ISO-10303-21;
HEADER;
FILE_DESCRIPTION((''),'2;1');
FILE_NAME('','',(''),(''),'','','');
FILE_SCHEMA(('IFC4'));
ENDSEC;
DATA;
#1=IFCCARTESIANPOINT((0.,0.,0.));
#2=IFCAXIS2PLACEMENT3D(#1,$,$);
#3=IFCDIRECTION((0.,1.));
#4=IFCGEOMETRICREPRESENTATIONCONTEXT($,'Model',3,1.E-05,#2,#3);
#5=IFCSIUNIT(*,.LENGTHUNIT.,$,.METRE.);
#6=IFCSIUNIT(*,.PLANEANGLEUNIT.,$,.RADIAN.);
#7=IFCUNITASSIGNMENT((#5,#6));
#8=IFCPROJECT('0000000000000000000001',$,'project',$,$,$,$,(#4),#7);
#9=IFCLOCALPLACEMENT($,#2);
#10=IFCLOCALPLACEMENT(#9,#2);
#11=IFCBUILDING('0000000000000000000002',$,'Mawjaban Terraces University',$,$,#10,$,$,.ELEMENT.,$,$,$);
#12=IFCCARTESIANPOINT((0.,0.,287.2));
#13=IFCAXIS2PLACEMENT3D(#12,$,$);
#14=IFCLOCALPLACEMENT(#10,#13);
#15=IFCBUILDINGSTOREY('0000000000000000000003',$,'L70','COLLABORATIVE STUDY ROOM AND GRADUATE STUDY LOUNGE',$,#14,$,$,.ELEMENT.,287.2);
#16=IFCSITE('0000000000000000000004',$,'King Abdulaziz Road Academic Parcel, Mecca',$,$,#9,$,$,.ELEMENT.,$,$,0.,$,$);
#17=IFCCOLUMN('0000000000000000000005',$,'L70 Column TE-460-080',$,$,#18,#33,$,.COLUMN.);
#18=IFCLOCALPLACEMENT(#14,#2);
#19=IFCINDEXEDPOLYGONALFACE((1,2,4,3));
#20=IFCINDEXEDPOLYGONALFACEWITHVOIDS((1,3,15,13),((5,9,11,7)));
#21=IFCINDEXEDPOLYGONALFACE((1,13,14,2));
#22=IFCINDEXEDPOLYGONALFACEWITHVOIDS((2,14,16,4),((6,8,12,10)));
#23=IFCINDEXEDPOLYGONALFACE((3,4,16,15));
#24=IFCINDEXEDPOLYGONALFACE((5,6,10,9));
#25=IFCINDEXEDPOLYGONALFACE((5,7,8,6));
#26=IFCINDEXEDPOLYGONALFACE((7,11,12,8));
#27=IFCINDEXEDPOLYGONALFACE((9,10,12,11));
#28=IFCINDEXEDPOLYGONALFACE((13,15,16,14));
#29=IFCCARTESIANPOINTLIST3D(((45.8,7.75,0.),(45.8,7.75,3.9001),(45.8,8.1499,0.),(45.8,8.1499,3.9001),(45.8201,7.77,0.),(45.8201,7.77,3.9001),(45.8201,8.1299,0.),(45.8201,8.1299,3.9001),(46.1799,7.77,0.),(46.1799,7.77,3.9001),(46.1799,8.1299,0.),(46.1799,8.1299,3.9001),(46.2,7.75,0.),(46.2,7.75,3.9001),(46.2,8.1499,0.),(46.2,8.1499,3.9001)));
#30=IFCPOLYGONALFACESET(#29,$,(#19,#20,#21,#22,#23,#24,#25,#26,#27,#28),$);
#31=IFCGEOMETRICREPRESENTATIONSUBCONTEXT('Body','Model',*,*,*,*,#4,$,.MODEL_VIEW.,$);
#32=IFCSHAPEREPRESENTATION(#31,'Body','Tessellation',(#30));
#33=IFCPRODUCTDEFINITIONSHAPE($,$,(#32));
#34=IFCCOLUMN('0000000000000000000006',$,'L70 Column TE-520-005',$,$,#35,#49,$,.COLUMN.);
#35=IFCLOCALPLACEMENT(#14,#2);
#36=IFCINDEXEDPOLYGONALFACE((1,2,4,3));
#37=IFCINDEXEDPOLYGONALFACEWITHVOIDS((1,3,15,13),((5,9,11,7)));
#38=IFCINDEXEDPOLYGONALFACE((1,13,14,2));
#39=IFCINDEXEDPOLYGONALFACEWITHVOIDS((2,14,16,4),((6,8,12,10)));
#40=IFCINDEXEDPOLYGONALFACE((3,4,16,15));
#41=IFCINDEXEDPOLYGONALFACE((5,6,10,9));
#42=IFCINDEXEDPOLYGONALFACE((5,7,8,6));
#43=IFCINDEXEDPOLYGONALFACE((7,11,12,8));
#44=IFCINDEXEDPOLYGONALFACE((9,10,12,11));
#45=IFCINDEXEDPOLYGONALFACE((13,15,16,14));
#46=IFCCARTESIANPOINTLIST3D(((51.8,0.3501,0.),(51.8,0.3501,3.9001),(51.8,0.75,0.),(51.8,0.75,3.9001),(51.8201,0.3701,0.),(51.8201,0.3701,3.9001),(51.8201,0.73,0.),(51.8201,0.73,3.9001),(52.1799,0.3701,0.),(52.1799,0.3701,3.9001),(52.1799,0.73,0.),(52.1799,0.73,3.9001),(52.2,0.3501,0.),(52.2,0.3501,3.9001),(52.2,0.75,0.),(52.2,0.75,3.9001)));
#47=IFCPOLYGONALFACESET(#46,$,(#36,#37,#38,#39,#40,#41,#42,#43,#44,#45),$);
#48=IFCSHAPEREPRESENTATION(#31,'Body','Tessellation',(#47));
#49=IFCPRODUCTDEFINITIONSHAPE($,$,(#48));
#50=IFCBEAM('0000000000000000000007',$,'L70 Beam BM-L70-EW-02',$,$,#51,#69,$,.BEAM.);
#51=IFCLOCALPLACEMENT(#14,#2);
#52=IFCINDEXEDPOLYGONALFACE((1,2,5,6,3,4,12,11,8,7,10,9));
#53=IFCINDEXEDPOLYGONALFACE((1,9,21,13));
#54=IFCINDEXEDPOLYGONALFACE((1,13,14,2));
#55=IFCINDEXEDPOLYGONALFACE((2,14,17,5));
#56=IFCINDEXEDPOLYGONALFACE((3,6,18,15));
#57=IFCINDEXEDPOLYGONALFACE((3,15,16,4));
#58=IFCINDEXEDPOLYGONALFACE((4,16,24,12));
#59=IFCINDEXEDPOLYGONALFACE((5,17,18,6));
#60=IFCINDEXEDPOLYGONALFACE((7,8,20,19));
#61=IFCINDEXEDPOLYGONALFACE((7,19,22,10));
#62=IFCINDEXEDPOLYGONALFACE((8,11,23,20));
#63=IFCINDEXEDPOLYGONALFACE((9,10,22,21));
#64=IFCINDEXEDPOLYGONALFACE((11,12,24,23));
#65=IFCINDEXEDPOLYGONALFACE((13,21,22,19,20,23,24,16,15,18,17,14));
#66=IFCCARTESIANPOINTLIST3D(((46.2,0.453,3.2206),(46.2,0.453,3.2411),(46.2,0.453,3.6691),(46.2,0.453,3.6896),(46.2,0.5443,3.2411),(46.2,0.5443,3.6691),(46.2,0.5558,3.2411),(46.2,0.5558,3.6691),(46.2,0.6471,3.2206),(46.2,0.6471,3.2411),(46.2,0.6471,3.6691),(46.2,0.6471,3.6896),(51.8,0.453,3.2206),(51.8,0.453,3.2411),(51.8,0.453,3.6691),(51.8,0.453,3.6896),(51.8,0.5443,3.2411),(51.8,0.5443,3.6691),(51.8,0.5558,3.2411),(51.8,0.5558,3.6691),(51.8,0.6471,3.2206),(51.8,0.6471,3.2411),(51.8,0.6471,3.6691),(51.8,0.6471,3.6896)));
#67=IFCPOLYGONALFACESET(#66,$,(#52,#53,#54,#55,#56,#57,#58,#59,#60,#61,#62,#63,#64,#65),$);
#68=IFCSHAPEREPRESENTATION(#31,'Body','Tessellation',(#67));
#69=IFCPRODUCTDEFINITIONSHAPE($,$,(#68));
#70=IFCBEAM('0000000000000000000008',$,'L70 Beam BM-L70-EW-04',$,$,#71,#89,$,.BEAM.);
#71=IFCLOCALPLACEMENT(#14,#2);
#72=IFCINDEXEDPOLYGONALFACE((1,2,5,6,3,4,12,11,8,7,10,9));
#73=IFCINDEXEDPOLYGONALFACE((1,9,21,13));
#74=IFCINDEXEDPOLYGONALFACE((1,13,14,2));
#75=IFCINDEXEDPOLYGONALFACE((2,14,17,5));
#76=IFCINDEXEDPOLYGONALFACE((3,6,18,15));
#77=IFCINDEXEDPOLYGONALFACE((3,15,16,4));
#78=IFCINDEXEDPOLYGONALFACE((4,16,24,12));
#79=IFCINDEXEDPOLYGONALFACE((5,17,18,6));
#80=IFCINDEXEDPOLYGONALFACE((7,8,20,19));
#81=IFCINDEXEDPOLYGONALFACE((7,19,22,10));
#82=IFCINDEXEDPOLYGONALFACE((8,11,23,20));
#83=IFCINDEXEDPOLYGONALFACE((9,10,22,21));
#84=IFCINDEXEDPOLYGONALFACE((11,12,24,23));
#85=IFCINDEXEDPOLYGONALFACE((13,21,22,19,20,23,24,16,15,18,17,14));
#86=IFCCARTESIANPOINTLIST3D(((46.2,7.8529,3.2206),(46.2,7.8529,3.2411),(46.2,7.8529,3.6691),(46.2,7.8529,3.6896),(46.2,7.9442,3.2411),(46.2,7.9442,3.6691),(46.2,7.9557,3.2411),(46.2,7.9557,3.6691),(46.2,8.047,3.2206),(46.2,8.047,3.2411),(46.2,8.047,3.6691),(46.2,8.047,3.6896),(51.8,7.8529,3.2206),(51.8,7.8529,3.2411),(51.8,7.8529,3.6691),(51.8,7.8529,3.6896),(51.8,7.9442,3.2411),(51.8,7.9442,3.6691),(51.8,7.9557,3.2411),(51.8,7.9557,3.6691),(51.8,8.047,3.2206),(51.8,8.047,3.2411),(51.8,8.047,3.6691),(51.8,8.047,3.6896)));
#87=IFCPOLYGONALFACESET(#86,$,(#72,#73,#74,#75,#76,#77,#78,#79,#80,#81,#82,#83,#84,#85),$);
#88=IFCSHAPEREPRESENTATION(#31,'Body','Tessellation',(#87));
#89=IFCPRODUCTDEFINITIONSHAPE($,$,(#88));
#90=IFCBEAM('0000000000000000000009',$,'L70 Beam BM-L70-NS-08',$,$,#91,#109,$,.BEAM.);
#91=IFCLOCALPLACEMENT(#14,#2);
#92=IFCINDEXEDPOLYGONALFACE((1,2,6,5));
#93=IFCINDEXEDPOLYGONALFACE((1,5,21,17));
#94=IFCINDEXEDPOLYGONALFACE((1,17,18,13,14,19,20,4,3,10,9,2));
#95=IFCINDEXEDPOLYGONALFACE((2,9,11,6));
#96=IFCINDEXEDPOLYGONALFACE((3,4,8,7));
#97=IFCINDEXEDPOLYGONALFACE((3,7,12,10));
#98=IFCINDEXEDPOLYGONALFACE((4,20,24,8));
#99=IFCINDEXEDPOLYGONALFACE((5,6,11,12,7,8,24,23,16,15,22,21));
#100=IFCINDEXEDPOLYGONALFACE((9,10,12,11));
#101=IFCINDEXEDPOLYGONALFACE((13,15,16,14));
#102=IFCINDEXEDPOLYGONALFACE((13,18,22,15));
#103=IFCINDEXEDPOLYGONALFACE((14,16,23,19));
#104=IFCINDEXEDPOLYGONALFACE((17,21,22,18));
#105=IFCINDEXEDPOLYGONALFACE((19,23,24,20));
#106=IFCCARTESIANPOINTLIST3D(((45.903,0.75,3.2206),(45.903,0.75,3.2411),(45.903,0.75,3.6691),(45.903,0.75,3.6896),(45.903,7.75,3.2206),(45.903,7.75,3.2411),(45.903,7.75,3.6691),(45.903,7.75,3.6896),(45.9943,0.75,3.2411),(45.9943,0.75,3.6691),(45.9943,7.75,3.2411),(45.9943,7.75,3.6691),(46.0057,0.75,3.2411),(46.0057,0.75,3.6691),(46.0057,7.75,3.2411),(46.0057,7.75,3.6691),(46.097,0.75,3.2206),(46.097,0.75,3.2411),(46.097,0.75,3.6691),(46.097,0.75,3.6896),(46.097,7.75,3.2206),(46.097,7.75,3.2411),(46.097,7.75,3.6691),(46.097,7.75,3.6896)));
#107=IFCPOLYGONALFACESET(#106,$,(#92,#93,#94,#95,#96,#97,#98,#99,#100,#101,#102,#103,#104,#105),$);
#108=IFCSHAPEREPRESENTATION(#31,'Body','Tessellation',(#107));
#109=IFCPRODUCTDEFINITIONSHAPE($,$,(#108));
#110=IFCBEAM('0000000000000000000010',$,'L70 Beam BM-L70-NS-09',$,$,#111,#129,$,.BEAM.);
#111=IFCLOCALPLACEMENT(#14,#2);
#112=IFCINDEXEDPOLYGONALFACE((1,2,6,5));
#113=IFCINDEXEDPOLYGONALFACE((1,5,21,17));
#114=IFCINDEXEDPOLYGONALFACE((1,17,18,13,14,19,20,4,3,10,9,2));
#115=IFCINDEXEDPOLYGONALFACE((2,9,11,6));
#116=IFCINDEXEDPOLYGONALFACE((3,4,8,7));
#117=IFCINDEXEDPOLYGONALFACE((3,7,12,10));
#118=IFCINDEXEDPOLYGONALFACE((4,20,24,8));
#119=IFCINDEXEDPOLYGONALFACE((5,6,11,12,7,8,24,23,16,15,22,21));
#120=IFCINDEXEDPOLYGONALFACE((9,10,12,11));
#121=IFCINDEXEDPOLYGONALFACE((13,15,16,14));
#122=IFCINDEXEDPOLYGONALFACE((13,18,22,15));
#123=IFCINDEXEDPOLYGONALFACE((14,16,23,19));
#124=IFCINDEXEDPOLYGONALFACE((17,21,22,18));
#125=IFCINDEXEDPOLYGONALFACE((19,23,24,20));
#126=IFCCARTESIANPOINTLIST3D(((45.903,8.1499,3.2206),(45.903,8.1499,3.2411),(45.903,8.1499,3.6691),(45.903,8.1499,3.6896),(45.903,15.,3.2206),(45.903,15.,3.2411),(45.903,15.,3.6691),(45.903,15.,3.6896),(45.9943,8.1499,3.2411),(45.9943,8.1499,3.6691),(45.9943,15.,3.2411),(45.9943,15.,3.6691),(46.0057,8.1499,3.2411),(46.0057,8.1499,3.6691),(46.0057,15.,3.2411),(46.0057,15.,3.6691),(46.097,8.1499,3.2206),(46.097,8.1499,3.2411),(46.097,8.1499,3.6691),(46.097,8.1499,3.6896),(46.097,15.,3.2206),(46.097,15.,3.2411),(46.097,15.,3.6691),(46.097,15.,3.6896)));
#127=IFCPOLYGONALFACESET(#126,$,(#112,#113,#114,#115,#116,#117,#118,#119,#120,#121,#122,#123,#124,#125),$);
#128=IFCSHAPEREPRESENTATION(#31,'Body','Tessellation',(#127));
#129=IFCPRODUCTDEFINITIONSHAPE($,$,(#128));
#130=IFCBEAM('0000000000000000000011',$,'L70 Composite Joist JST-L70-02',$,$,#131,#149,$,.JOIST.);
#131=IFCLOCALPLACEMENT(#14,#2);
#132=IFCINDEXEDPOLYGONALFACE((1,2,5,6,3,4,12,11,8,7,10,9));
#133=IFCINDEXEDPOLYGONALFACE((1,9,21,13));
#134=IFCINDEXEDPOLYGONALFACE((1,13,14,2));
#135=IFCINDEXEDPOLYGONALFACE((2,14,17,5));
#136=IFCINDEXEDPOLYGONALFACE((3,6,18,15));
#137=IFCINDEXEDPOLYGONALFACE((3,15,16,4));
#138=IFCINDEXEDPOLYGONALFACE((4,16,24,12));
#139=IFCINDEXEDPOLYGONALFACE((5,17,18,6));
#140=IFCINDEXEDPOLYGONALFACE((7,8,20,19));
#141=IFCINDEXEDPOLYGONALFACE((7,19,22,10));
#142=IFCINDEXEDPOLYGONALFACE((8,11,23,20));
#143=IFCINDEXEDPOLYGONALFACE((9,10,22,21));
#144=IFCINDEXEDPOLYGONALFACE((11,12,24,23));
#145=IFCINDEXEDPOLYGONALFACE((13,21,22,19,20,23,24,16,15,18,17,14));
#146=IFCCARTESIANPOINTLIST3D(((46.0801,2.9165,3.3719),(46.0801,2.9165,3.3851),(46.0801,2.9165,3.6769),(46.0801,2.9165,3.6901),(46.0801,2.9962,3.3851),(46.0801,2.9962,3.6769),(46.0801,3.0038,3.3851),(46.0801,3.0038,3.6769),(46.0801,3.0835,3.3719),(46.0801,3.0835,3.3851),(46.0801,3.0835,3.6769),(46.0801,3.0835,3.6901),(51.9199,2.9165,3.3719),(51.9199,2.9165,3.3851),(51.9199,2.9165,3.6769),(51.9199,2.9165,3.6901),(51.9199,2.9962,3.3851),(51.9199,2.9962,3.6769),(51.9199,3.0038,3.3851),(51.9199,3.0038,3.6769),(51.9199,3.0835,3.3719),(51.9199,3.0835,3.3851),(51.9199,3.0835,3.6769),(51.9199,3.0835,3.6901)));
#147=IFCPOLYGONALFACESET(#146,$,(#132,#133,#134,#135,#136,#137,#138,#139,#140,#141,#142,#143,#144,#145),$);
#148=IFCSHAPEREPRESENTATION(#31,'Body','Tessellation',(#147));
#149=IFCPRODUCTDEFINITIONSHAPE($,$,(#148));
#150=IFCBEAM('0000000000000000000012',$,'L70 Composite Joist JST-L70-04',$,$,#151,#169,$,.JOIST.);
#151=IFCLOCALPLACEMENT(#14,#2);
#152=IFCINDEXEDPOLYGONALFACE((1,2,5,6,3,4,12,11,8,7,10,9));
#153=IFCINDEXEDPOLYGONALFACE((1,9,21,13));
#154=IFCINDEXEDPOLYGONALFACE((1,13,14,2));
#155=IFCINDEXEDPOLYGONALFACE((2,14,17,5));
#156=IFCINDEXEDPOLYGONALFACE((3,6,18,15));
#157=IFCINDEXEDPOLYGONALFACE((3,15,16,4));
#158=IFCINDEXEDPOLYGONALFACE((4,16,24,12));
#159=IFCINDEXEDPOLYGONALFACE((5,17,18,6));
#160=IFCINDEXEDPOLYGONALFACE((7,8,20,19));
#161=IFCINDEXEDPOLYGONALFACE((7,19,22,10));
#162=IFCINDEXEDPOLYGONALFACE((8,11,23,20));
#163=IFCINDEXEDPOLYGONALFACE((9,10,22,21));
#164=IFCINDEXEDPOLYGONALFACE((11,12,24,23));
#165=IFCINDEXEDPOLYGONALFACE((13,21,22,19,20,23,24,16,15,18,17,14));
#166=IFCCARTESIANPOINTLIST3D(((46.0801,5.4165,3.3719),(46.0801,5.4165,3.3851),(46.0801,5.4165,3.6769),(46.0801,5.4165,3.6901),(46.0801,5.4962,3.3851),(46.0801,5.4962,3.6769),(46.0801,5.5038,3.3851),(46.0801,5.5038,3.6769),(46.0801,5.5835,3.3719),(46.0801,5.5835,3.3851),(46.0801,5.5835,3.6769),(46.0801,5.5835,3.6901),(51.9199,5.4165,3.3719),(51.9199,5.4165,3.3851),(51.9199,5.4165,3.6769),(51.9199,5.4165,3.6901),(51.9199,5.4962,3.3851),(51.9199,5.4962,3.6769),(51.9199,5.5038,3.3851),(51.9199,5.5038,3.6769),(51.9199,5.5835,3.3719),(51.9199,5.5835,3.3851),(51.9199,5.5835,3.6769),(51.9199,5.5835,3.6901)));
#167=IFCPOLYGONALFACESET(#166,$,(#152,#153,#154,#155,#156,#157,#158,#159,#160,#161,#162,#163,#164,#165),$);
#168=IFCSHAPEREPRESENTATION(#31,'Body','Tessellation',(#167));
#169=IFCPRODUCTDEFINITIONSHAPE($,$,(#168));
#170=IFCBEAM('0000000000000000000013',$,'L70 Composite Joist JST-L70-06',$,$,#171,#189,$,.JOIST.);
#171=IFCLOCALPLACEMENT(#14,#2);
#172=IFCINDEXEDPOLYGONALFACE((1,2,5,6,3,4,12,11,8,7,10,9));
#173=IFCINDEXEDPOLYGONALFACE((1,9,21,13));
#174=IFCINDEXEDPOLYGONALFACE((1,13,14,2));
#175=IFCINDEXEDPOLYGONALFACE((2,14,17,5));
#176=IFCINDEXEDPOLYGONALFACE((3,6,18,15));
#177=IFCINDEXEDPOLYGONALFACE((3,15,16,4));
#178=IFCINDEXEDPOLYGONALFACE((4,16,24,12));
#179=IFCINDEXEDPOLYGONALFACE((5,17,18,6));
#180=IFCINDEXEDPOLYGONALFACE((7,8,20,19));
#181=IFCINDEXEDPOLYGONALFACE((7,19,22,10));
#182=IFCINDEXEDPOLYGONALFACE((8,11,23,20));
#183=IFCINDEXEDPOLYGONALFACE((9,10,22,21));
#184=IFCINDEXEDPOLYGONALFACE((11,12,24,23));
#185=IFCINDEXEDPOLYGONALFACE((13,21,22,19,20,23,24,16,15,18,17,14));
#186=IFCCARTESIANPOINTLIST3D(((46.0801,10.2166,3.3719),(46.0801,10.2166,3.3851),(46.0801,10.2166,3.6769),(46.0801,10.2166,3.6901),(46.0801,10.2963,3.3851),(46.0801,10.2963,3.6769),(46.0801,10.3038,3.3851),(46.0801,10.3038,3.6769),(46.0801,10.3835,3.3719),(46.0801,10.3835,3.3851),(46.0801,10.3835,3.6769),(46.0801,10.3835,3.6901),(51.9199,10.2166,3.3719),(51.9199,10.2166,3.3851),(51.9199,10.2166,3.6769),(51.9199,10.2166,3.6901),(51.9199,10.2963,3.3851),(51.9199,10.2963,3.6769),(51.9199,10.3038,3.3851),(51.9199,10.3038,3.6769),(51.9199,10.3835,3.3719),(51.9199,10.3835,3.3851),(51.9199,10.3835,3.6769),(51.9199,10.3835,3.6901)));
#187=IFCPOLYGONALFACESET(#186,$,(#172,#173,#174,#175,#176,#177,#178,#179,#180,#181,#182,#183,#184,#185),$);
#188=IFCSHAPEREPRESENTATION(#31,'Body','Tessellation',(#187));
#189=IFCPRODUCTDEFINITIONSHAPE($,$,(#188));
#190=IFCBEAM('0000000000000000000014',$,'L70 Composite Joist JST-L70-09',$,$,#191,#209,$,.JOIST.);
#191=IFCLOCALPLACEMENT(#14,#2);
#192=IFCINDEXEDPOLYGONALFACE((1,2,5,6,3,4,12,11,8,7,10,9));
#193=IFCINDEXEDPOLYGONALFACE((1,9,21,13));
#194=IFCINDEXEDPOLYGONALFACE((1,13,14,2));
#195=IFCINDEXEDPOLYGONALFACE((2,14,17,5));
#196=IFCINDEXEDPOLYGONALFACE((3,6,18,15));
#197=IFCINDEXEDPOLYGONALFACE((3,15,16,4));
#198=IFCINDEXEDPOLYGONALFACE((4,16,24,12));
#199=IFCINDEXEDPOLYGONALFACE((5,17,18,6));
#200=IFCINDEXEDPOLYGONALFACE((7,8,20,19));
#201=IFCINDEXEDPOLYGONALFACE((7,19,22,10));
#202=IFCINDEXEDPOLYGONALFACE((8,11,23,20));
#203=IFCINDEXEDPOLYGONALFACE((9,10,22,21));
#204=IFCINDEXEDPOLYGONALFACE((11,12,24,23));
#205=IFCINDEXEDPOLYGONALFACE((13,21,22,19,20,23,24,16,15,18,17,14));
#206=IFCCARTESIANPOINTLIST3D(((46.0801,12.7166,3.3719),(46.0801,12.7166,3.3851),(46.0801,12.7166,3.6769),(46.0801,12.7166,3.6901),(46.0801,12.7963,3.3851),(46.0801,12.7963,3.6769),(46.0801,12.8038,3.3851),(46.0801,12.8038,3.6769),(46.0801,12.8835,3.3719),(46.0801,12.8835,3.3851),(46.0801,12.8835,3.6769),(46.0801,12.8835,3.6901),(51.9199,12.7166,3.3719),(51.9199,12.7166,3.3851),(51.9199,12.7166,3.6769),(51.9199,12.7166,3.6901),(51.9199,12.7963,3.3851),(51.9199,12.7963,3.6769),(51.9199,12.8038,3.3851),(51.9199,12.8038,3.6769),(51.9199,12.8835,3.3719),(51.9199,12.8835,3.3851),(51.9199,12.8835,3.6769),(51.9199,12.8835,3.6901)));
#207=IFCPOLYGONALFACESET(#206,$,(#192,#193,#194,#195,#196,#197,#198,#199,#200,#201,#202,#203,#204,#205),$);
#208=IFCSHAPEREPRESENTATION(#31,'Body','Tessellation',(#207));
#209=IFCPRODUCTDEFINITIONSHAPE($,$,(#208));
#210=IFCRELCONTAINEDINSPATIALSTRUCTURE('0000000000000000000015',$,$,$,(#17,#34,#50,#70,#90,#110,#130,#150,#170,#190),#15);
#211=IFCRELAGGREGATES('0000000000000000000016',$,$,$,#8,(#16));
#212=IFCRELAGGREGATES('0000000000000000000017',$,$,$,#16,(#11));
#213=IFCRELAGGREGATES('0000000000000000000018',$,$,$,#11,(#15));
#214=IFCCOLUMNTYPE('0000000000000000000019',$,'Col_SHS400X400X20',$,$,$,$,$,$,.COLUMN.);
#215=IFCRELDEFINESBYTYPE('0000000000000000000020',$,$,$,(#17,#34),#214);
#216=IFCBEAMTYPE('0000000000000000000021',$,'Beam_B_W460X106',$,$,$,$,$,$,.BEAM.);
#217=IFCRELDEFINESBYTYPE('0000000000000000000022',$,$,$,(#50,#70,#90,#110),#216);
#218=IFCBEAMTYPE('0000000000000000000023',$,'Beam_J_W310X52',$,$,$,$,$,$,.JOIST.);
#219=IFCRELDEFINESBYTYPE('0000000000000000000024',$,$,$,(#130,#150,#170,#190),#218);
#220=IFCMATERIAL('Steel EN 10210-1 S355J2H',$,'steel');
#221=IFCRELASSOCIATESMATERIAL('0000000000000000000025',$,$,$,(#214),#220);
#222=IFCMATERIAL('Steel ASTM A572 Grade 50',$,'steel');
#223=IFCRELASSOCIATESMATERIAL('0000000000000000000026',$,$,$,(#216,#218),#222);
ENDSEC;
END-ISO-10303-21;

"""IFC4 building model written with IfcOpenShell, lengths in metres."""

from ifc_helpers import new_model, si_unit, direction, frame, origin, origin_2d, place, context, subcontext, project, spatial, hollow_rectangle, i_section, extrude, material, material_profile, profile_set, type_object, element, save


model = new_model("IFC4")

# Units and contexts
model_context = context("Model", 3, precision=1e-05, world=origin(), true_north=direction((0.0, 1.0)))
body_context = subcontext(model_context, "Body", "Model", "MODEL_VIEW")
ifc_project = project(units=[si_unit("LENGTHUNIT", "METRE"), si_unit("PLANEANGLEUNIT", "RADIAN")], contexts=[model_context])

# Site, building, storey
site_placement = place(None, origin())
site = spatial("IfcSite", under=ifc_project, at=site_placement, Name="King Abdulaziz Road Academic Parcel, Mecca", CompositionType="ELEMENT", RefElevation=0.0)
building_placement = place(site_placement, origin())
building = spatial("IfcBuilding", under=site, at=building_placement, Name="Mawjaban Terraces University", CompositionType="ELEMENT")
storey_placement = place(building_placement, frame((0.0, 0.0, 287.2)))
storey = spatial("IfcBuildingStorey", under=building, at=storey_placement, Name="L70", Description="COLLABORATIVE STUDY ROOM AND GRADUATE STUDY LOUNGE", CompositionType="ELEMENT", Elevation=287.2)

# Columns
ifc_material_1 = material(Name="Steel EN 10210-1 S355J2H", Category="steel")
ifc_material_profile_1 = material_profile(ifc_material_1, hollow_rectangle(XDim=0.3999, YDim=0.3999, WallThickness=0.02, at=origin_2d()), Name="SHS400X400X20")
ifc_profile_set_1 = profile_set([ifc_material_profile_1], Name="Steel EN 10210-1 S355J2H")
column_type = type_object("IfcColumnType", Name="Col_SHS400X400X20", PredefinedType="COLUMN", material=ifc_profile_set_1)
for number, where, z_axis, x_axis, name in (
    (1, (46.0, 7.95, 0.0), (0.0, 0.0, 1.0), (1.0, 0.0, 0.0), "L70 Column TE-460-080"),
    (2, (52.0, 0.55, 0.0), (0.0, 0.0, 1.0), (1.0, 0.0, 0.0), "L70 Column TE-520-005"),
):
    element("IfcColumn", number, at=place(storey_placement, frame(where, z_axis=z_axis, x_axis=x_axis)), inside=storey, type_object=column_type, Name=name, PredefinedType="COLUMN", context=body_context, shape_type="SweptSolid", body=[
        extrude(hollow_rectangle(XDim=0.3999, YDim=0.3999, WallThickness=0.02, at=origin_2d()), origin(), (0.0, 0.0, 1.0), 3.9001),
    ])

# Beams
ifc_material_2 = material(Name="Steel ASTM A572 Grade 50", Category="steel")
ifc_material_profile_2 = material_profile(ifc_material_2, i_section(OverallWidth=0.1941, OverallDepth=0.469, WebThickness=0.0115, FlangeThickness=0.0205, at=origin_2d()), Name="W460X106")
ifc_profile_set_2 = profile_set([ifc_material_profile_2], Name="Steel ASTM A572 Grade 50")
beam_type_1 = type_object("IfcBeamType", Name="Beam_B_W460X106", PredefinedType="BEAM", material=ifc_profile_set_2)
for number, where, z_axis, x_axis, name in (
    (3, (46.2, 0.55, 3.4551), (1.0, 0.0, 0.0), (0.0, 1.0, 0.0), "L70 Beam BM-L70-EW-02"),
    (4, (46.2, 7.95, 3.4551), (1.0, 0.0, 0.0), (0.0, 1.0, 0.0), "L70 Beam BM-L70-EW-04"),
):
    element("IfcBeam", number, at=place(storey_placement, frame(where, z_axis=z_axis, x_axis=x_axis)), inside=storey, type_object=beam_type_1, Name=name, PredefinedType="BEAM", context=body_context, shape_type="SweptSolid", body=[
        extrude(i_section(OverallWidth=0.1941, OverallDepth=0.469, WebThickness=0.0115, FlangeThickness=0.0205, at=origin_2d()), origin(), (0.0, 0.0, 1.0), 5.6001),
    ])
beam_1_placement = place(storey_placement, frame((46.0, 0.75, 3.4551), z_axis=(0.0, 1.0, 0.0), x_axis=(-1.0, 0.0, 0.0)))
element("IfcBeam", 5, at=beam_1_placement, inside=storey, type_object=beam_type_1, Name="L70 Beam BM-L70-NS-08", PredefinedType="BEAM", context=body_context, shape_type="SweptSolid", body=[
    extrude(i_section(OverallWidth=0.1941, OverallDepth=0.469, WebThickness=0.0115, FlangeThickness=0.0205, at=origin_2d()), origin(), (0.0, 0.0, 1.0), 7.0),
])
beam_2_placement = place(storey_placement, frame((46.0, 8.1499, 3.4551), z_axis=(0.0, 1.0, 0.0), x_axis=(-1.0, 0.0, 0.0)))
element("IfcBeam", 6, at=beam_2_placement, inside=storey, type_object=beam_type_1, Name="L70 Beam BM-L70-NS-09", PredefinedType="BEAM", context=body_context, shape_type="SweptSolid", body=[
    extrude(i_section(OverallWidth=0.1941, OverallDepth=0.469, WebThickness=0.0115, FlangeThickness=0.0205, at=origin_2d()), origin(), (0.0, 0.0, 1.0), 6.8501),
])
ifc_material_profile_3 = material_profile(ifc_material_2, i_section(OverallWidth=0.167, OverallDepth=0.3181, WebThickness=0.0076, FlangeThickness=0.0132, at=origin_2d()), Name="W310X52")
ifc_profile_set_3 = profile_set([ifc_material_profile_3], Name="Steel ASTM A572 Grade 50")
beam_type_2 = type_object("IfcBeamType", Name="Beam_J_W310X52", PredefinedType="JOIST", material=ifc_profile_set_3)
for number, where, z_axis, x_axis, name in (
    (7, (46.0801, 3.0, 3.531), (1.0, 0.0, 0.0), (0.0, 1.0, 0.0), "L70 Composite Joist JST-L70-02"),
    (8, (46.0801, 5.5, 3.531), (1.0, 0.0, 0.0), (0.0, 1.0, 0.0), "L70 Composite Joist JST-L70-04"),
    (9, (46.0801, 10.3, 3.531), (1.0, 0.0, 0.0), (0.0, 1.0, 0.0), "L70 Composite Joist JST-L70-06"),
    (10, (46.0801, 12.8, 3.531), (1.0, 0.0, 0.0), (0.0, 1.0, 0.0), "L70 Composite Joist JST-L70-09"),
):
    element("IfcBeam", number, at=place(storey_placement, frame(where, z_axis=z_axis, x_axis=x_axis)), inside=storey, type_object=beam_type_2, Name=name, PredefinedType="JOIST", context=body_context, shape_type="SweptSolid", body=[
        extrude(i_section(OverallWidth=0.167, OverallDepth=0.3181, WebThickness=0.0076, FlangeThickness=0.0132, at=origin_2d()), origin(), (0.0, 0.0, 1.0), 5.8398),
    ])

save(model, "model.ifc")
